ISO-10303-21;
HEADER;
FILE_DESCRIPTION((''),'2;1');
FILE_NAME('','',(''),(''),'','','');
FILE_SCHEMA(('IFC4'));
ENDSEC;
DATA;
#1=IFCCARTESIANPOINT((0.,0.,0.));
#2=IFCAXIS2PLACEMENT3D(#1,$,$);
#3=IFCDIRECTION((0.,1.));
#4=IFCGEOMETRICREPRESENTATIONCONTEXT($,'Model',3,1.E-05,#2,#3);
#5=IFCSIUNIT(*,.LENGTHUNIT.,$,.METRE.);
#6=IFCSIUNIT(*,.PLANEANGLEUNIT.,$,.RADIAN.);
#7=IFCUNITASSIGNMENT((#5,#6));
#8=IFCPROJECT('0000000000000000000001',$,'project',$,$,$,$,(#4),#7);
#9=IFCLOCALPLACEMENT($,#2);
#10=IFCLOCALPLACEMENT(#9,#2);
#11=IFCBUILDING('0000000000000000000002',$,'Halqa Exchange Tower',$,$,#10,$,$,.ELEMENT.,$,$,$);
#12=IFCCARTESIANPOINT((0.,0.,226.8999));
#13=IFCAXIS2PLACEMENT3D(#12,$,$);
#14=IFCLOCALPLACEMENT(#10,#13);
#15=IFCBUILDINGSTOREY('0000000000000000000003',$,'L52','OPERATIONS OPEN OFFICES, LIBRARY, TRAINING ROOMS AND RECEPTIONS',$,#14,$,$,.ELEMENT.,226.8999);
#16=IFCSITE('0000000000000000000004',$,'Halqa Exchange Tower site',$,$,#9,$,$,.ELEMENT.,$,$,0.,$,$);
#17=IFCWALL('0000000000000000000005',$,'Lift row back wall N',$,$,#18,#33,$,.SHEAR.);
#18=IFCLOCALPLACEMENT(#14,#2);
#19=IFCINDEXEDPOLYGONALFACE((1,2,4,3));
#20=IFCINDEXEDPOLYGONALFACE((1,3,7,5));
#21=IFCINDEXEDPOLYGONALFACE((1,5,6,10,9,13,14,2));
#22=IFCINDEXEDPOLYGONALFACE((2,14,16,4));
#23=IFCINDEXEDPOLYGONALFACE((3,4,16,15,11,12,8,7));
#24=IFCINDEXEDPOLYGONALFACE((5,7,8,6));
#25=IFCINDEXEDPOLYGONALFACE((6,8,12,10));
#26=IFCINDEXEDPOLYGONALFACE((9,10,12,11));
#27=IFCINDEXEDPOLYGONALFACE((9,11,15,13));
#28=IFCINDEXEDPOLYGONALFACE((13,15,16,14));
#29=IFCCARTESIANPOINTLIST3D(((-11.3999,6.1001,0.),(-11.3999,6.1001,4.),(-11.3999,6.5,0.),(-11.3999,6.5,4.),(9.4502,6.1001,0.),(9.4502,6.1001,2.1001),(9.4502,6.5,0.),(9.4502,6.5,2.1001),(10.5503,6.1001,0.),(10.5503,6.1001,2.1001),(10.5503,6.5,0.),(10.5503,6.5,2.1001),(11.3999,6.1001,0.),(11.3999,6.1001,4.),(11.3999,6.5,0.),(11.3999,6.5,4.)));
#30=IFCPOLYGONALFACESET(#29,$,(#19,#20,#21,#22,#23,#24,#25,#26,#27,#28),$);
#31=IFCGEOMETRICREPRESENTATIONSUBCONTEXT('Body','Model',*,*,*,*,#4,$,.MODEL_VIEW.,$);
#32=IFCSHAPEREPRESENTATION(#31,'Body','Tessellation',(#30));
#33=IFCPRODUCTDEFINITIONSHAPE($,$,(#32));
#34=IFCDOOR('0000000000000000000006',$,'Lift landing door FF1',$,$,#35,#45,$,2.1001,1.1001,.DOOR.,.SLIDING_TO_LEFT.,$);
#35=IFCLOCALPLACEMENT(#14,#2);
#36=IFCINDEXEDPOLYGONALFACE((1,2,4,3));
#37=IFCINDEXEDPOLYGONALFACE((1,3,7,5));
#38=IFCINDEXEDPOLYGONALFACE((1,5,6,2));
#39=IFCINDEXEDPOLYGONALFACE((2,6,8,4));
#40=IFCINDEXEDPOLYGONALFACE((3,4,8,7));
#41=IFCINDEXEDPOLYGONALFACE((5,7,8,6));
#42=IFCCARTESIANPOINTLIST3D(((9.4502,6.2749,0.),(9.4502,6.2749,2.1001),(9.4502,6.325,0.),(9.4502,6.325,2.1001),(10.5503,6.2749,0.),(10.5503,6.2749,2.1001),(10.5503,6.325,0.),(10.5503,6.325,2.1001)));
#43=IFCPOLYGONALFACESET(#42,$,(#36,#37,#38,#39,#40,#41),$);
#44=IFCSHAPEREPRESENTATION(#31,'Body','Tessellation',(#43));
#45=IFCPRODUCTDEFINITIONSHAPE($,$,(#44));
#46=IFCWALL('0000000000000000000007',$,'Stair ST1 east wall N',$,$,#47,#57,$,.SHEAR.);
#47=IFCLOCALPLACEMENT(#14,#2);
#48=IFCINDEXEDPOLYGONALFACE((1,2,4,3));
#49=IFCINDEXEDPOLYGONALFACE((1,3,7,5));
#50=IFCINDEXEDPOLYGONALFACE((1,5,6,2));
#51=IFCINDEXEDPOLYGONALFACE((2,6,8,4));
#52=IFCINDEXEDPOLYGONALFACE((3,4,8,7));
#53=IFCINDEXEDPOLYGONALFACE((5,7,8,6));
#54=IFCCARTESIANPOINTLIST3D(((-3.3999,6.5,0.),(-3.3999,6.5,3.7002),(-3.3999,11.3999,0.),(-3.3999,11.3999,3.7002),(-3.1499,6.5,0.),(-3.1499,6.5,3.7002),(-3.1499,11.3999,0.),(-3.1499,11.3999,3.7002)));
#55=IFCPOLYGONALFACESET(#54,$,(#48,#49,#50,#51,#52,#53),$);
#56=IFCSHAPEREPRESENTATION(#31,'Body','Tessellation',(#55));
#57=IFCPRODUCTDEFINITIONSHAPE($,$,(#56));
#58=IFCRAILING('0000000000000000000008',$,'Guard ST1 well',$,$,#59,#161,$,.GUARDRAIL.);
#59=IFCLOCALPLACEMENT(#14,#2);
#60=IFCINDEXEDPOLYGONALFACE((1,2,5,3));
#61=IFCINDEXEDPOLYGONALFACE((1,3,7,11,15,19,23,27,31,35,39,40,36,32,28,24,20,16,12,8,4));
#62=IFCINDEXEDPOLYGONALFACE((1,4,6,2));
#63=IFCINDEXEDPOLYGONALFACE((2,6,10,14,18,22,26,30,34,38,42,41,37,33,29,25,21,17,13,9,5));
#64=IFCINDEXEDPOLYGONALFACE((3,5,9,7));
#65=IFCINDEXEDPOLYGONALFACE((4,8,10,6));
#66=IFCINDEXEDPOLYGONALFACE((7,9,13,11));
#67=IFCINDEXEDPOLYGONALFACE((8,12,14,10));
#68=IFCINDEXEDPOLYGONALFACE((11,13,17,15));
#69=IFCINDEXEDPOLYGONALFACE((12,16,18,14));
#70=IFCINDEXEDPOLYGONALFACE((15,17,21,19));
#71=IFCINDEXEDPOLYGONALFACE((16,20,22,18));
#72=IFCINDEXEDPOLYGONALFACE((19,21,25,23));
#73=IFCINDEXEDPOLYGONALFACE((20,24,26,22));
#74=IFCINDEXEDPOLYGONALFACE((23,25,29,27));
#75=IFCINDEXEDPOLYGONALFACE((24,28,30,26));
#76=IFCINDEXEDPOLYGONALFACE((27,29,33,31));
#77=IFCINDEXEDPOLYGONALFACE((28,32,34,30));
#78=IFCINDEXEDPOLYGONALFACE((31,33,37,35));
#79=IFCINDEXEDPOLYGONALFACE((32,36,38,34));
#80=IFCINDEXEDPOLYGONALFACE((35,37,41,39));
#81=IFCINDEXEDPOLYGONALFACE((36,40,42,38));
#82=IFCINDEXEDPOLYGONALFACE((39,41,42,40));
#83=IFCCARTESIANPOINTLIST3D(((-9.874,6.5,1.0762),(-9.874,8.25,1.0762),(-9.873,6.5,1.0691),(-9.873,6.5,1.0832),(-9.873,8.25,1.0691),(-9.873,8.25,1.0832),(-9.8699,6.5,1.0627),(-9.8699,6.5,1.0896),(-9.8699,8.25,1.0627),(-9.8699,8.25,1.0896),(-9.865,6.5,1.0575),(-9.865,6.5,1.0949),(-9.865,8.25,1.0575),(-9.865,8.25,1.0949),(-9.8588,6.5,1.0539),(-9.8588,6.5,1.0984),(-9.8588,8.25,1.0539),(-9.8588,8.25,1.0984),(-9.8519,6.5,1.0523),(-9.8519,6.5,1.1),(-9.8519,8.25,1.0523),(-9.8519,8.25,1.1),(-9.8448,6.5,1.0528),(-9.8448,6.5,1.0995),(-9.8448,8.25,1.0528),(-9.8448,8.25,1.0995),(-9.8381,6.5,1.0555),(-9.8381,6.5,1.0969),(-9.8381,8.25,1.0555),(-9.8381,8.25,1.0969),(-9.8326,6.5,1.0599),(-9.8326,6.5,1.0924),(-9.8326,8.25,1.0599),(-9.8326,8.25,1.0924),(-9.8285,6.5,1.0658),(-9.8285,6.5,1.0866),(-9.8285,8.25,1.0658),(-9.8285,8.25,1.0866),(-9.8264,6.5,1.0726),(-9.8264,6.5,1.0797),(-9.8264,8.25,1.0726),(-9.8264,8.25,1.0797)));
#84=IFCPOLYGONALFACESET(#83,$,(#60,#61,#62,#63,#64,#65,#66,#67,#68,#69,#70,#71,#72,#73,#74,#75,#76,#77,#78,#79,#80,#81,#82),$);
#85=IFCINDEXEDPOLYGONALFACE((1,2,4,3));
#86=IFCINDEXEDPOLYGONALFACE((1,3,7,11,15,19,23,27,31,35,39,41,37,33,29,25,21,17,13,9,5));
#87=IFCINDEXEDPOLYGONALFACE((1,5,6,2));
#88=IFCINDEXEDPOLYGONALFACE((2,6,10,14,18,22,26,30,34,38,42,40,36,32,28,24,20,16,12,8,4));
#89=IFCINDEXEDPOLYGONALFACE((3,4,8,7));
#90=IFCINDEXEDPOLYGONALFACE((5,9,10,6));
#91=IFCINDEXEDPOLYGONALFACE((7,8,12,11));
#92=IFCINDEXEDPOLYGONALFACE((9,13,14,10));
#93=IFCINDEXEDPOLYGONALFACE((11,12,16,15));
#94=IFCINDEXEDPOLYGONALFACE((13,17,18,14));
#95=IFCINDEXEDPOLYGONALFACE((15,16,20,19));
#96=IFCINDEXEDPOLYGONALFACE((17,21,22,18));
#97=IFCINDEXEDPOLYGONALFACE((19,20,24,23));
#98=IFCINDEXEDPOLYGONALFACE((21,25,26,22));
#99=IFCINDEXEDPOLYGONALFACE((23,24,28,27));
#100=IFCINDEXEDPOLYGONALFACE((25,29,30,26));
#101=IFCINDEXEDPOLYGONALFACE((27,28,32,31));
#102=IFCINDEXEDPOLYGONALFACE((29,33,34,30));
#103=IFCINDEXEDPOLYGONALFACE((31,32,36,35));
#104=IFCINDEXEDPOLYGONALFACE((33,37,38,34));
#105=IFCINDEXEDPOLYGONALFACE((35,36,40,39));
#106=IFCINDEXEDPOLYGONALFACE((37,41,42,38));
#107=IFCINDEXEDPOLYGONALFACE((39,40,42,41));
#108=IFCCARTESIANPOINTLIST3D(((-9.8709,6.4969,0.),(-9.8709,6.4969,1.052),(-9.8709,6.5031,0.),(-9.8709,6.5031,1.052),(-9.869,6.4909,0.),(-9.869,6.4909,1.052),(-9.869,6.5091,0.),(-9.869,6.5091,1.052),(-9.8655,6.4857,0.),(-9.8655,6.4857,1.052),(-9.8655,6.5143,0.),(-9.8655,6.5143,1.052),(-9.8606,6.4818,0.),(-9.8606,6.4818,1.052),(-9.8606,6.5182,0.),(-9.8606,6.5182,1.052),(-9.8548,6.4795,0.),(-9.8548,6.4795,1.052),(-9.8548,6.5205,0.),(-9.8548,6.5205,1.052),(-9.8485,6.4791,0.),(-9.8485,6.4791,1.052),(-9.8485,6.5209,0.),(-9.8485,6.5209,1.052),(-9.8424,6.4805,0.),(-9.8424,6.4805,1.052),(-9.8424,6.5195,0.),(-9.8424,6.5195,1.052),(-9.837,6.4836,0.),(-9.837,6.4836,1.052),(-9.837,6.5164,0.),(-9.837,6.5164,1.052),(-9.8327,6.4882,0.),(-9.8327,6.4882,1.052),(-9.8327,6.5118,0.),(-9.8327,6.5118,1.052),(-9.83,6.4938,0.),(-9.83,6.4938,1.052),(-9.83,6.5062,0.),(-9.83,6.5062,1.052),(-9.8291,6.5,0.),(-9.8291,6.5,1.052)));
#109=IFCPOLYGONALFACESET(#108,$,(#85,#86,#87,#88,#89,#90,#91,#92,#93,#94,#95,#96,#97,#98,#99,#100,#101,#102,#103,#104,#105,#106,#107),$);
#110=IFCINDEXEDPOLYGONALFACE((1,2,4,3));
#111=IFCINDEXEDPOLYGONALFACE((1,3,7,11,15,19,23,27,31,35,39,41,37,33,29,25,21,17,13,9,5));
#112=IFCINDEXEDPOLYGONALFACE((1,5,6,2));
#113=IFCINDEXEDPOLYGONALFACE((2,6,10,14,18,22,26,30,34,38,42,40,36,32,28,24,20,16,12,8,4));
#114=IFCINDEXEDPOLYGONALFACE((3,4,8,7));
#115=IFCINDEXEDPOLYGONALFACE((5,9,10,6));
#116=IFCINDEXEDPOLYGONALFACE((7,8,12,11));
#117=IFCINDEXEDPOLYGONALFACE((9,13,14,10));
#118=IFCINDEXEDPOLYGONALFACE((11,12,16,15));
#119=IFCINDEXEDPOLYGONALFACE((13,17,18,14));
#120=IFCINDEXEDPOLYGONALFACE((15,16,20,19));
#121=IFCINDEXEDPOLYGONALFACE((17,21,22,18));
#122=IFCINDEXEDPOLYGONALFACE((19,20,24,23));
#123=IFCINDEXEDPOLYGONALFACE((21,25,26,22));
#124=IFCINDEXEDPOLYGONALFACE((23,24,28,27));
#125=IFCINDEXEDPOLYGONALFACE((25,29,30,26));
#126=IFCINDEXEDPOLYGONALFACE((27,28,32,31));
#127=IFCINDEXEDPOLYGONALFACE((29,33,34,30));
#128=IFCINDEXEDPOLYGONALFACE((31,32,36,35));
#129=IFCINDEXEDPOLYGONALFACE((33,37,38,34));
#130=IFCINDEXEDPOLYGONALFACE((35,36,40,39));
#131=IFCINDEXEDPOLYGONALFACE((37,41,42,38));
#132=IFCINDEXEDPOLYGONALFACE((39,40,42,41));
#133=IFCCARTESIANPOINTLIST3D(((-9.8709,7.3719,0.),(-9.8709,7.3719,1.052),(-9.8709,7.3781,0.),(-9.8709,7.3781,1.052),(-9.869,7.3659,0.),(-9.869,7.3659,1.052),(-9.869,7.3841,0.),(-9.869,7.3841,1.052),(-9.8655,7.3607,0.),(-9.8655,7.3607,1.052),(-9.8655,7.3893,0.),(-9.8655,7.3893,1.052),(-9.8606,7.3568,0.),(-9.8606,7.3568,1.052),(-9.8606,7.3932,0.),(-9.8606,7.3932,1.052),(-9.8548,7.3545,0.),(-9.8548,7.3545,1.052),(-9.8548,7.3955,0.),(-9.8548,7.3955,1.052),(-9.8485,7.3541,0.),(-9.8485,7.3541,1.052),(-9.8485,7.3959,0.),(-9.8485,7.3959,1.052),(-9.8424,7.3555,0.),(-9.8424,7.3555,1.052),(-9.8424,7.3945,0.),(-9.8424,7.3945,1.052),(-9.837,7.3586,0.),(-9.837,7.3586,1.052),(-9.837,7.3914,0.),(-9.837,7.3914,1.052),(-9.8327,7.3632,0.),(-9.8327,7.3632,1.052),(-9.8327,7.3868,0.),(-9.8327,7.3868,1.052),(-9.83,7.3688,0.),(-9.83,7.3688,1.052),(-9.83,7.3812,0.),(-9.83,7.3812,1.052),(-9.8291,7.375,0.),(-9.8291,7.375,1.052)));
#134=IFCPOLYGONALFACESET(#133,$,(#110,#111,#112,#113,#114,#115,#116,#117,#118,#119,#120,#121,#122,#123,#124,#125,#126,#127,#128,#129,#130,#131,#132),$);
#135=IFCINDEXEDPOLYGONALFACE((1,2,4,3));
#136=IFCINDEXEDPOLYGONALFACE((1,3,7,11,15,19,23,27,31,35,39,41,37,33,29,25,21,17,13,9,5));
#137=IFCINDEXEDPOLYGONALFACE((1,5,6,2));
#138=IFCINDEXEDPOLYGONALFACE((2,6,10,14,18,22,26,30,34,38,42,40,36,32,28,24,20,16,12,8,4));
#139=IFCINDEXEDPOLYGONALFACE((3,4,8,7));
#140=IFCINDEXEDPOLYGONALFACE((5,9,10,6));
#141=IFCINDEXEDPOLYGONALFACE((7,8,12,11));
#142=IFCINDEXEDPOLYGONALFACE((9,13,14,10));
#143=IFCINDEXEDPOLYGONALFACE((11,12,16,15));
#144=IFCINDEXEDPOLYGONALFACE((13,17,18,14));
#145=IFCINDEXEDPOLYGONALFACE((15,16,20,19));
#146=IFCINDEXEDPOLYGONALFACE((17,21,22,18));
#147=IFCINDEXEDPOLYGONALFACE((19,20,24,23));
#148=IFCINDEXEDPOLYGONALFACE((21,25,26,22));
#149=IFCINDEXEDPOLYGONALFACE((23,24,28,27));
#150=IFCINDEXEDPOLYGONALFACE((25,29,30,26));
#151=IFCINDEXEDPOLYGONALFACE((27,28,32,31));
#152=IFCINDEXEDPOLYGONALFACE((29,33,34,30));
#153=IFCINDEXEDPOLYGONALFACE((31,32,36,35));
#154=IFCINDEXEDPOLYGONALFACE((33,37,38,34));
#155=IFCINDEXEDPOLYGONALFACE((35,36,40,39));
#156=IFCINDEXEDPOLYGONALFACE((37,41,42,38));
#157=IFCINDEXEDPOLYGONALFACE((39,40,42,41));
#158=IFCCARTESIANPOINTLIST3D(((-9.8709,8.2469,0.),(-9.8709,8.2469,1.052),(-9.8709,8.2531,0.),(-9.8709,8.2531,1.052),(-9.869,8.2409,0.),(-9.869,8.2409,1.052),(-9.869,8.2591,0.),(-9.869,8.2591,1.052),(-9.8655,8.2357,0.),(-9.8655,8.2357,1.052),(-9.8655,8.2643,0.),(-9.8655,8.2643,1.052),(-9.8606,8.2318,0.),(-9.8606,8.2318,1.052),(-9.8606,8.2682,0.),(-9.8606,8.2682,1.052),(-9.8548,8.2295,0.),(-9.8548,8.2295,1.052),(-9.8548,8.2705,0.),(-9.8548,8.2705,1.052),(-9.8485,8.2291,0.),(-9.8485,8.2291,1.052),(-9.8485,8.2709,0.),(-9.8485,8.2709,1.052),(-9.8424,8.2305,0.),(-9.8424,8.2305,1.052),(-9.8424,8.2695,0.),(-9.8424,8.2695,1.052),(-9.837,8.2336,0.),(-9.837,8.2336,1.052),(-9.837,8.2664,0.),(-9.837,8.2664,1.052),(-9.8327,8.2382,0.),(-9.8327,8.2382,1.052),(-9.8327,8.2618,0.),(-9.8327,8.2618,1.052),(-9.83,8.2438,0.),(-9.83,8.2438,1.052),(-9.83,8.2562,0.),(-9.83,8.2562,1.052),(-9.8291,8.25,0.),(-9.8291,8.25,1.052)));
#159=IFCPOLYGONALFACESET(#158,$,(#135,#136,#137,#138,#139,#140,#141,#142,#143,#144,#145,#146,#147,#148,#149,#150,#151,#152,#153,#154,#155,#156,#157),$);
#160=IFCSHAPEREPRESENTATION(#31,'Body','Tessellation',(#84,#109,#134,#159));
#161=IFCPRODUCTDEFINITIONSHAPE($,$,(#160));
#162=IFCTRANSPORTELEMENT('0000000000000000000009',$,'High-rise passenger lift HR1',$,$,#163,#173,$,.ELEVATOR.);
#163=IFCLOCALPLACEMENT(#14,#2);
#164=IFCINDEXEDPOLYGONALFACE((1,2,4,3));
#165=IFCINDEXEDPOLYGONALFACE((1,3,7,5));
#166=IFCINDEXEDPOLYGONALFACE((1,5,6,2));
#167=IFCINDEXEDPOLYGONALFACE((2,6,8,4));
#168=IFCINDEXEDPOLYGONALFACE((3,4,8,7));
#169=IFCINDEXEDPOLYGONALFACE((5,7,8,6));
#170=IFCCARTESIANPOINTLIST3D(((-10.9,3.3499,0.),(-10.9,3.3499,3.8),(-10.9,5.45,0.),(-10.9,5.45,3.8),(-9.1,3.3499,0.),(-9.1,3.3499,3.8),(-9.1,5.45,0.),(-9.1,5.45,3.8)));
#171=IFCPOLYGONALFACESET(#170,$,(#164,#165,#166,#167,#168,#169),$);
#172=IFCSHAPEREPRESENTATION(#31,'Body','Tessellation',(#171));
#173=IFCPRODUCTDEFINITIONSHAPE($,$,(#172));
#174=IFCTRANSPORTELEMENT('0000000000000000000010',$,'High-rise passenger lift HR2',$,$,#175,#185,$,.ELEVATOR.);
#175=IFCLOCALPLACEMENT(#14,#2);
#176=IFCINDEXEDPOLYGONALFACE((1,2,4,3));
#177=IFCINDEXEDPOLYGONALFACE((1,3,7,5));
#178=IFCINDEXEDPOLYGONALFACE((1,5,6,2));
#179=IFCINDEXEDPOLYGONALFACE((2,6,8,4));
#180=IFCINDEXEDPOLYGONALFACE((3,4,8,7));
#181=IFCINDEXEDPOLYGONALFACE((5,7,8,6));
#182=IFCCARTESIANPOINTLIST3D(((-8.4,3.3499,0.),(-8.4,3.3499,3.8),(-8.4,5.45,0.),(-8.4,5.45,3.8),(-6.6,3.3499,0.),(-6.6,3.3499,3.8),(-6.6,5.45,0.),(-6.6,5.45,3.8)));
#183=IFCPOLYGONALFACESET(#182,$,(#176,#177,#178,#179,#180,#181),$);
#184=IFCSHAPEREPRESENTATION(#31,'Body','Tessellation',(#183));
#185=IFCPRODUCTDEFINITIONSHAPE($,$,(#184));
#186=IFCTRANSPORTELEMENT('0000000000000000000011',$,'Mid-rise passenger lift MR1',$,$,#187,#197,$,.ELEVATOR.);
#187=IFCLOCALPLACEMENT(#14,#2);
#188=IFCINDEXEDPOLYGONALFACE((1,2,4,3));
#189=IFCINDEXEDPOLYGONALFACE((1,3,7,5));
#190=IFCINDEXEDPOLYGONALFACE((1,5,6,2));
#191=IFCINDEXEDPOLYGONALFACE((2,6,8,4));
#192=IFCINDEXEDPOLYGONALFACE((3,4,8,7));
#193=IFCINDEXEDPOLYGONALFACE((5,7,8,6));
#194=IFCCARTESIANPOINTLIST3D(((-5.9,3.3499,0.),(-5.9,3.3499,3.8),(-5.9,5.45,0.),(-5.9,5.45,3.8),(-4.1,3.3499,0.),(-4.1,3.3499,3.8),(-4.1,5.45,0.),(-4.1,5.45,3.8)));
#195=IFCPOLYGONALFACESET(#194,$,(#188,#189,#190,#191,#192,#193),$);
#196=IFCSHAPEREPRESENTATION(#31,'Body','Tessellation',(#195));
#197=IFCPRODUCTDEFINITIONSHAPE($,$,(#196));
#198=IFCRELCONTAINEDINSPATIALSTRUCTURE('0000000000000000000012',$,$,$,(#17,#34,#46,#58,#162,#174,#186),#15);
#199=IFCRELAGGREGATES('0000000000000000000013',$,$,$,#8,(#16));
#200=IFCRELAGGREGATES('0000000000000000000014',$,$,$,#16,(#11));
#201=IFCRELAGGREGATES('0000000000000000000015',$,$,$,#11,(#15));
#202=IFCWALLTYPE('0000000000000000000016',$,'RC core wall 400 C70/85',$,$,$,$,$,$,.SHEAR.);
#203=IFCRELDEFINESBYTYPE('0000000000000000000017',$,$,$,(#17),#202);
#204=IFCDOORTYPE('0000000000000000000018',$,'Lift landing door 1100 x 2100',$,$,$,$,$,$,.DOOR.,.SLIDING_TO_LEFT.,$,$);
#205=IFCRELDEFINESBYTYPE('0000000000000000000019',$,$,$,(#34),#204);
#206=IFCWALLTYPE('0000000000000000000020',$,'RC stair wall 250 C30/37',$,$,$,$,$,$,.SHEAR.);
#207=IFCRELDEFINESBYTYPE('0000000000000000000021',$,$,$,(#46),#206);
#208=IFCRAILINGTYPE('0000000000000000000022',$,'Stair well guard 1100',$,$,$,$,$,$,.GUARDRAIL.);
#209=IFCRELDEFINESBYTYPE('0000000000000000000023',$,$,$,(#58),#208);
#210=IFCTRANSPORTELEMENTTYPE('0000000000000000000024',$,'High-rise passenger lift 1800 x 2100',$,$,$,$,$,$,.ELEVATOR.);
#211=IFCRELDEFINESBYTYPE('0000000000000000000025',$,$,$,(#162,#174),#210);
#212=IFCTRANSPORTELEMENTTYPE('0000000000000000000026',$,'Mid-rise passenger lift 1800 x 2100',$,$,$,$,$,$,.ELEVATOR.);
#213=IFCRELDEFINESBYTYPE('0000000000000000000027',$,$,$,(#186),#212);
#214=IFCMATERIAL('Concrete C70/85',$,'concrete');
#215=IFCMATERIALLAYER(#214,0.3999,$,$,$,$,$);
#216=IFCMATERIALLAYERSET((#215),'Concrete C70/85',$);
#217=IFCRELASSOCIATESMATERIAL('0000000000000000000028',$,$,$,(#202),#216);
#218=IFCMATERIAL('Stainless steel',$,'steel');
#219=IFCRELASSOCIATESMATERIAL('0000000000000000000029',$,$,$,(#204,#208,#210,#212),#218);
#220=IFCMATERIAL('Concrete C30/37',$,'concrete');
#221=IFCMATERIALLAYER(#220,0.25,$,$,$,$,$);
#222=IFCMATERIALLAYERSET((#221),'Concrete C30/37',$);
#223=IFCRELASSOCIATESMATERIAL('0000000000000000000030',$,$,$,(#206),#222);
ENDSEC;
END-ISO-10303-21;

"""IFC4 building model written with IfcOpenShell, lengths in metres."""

from ifc_helpers import new_model, si_unit, direction, frame, frame_2d, origin, origin_2d, place, context, subcontext, project, spatial, rectangle, circle, extrude, material, layer, layer_set, type_object, element, fill, save


model = new_model("IFC4")

# Units and contexts
model_context = context("Model", 3, precision=1e-05, world=origin(), true_north=direction((0.0, 1.0)))
body_context = subcontext(model_context, "Body", "Model", "MODEL_VIEW")
ifc_project = project(units=[si_unit("LENGTHUNIT", "METRE"), si_unit("PLANEANGLEUNIT", "RADIAN")], contexts=[model_context])

# Site, building, storey
site_placement = place(None, origin())
site = spatial("IfcSite", under=ifc_project, at=site_placement, Name="Halqa Exchange Tower site", CompositionType="ELEMENT", RefElevation=0.0)
building_placement = place(site_placement, origin())
building = spatial("IfcBuilding", under=site, at=building_placement, Name="Halqa Exchange Tower", CompositionType="ELEMENT")
storey_placement = place(building_placement, frame((0.0, 0.0, 226.8999)))
storey = spatial("IfcBuildingStorey", under=building, at=storey_placement, Name="L52", Description="OPERATIONS OPEN OFFICES, LIBRARY, TRAINING ROOMS AND RECEPTIONS", CompositionType="ELEMENT", Elevation=226.8999)

# Shared definitions
ifc_material_1 = material(Name="Concrete C70/85", Category="concrete")
ifc_layer_1 = layer(ifc_material_1, 0.3999)
ifc_layer_set_1 = layer_set([ifc_layer_1], Name="Concrete C70/85")
wall_type_1 = type_object("IfcWallType", Name="RC core wall 400 C70/85", PredefinedType="SHEAR", material=ifc_layer_set_1)
ifc_material_2 = material(Name="Stainless steel", Category="steel")
door_type_1 = type_object("IfcDoorType", Name="Lift landing door 1100 x 2100", OperationType="SLIDING_TO_LEFT", PredefinedType="DOOR", material=ifc_material_2)

# Wall, opening, door
wall_1_placement = place(storey_placement, frame((-11.3999, 6.3, 0.0), z_axis=(0.0, 0.0, 1.0), x_axis=(1.0, 0.0, 0.0)))
wall_1 = element("IfcWall", 1, at=wall_1_placement, inside=storey, type_object=wall_type_1, Name="Lift row back wall N", PredefinedType="SHEAR", context=body_context, shape_type="SweptSolid", body=[
    extrude(rectangle(XDim=22.7998, YDim=0.3999, at=frame_2d((11.3999, 0.0))), origin(), (0.0, 0.0, 1.0), 4.0),
])
opening_1_placement = place(wall_1_placement, frame((20.8501, 0.0, 0.0)))
opening_1 = element("IfcOpeningElement", 2, at=opening_1_placement, cuts=wall_1, PredefinedType="OPENING", context=body_context, shape_type="SweptSolid", body=[
    extrude(rectangle(XDim=1.1001, YDim=2.1001, at=frame_2d((0.55, 1.05))), frame((0.0, 0.2119, 0.0), z_axis=(0.0, -1.0, 0.0), x_axis=(1.0, 0.0, 0.0)), (0.0, 0.0, 1.0), 0.4238),
])
door_1_placement = place(opening_1_placement, origin())
door_1 = element("IfcDoor", 3, at=door_1_placement, inside=storey, type_object=door_type_1, Name="Lift landing door FF1", OperationType="SLIDING_TO_LEFT", OverallHeight=2.1001, OverallWidth=1.1001, PredefinedType="DOOR", context=body_context, shape_type="SweptSolid", body=[
    extrude(rectangle(XDim=1.1001, YDim=2.1001, at=frame_2d((0.55, 1.05))), frame((0.0, 0.0249, 0.0), z_axis=(0.0, -1.0, 0.0), x_axis=(1.0, 0.0, 0.0)), (0.0, 0.0, 1.0), 0.05),
])
fill(opening_1, door_1)

# Wall
ifc_material_3 = material(Name="Concrete C30/37", Category="concrete")
ifc_layer_2 = layer(ifc_material_3, 0.25)
ifc_layer_set_2 = layer_set([ifc_layer_2], Name="Concrete C30/37")
wall_type_2 = type_object("IfcWallType", Name="RC stair wall 250 C30/37", PredefinedType="SHEAR", material=ifc_layer_set_2)
wall_2_placement = place(storey_placement, frame((-3.2749, 6.5, 0.0), z_axis=(0.0, 0.0, 1.0), x_axis=(0.0, 1.0, 0.0)))
element("IfcWall", 4, at=wall_2_placement, inside=storey, type_object=wall_type_2, Name="Stair ST1 east wall N", PredefinedType="SHEAR", context=body_context, shape_type="SweptSolid", body=[
    extrude(rectangle(XDim=4.8999, YDim=0.25, at=frame_2d((2.45, 0.0))), origin(), (0.0, 0.0, 1.0), 3.7002),
])

# Railing
railing_type = type_object("IfcRailingType", Name="Stair well guard 1100", PredefinedType="GUARDRAIL", material=ifc_material_2)
railing_placement = place(storey_placement, frame((-9.8501, 6.5, 0.0)))
element("IfcRailing", 5, at=railing_placement, inside=storey, type_object=railing_type, Name="Guard ST1 well", PredefinedType="GUARDRAIL", context=body_context, shape_type="SweptSolid", body=[
    extrude(circle(Radius=0.0239, at=origin_2d()), frame((0.0, 0.0, 1.0762), z_axis=(0.0, 1.0, 0.0), x_axis=(-1.0, 0.0, 0.0)), (0.0, 0.0, 1.0), 1.75),
    extrude(circle(Radius=0.021, at=origin_2d()), origin(), (0.0, 0.0, 1.0), 1.052),
    extrude(circle(Radius=0.021, at=origin_2d()), frame((0.0, 0.875, 0.0)), (0.0, 0.0, 1.0), 1.052),
    extrude(circle(Radius=0.021, at=origin_2d()), frame((0.0, 1.75, 0.0)), (0.0, 0.0, 1.0), 1.052),
])

# Transport elements
transport_element_type_1 = type_object("IfcTransportElementType", Name="High-rise passenger lift 1800 x 2100", PredefinedType="ELEVATOR", material=ifc_material_2)
for number, where, z_axis, x_axis, name in (
    (6, (-10.0, 4.3999, 0.0), (0.0, 0.0, 1.0), (1.0, 0.0, 0.0), "High-rise passenger lift HR1"),
    (7, (-7.5, 4.3999, 0.0), (0.0, 0.0, 1.0), (1.0, 0.0, 0.0), "High-rise passenger lift HR2"),
):
    element("IfcTransportElement", number, at=place(storey_placement, frame(where, z_axis=z_axis, x_axis=x_axis)), inside=storey, type_object=transport_element_type_1, Name=name, PredefinedType="ELEVATOR", context=body_context, shape_type="SweptSolid", body=[
        extrude(rectangle(XDim=1.8, YDim=2.1001, at=origin_2d()), origin(), (0.0, 0.0, 1.0), 3.8),
    ])
transport_element_type_2 = type_object("IfcTransportElementType", Name="Mid-rise passenger lift 1800 x 2100", PredefinedType="ELEVATOR", material=ifc_material_2)
for number, where, z_axis, x_axis, name in (
    (8, (-5.0, 4.3999, 0.0), (0.0, 0.0, 1.0), (1.0, 0.0, 0.0), "Mid-rise passenger lift MR1"),
):
    element("IfcTransportElement", number, at=place(storey_placement, frame(where, z_axis=z_axis, x_axis=x_axis)), inside=storey, type_object=transport_element_type_2, Name=name, PredefinedType="ELEVATOR", context=body_context, shape_type="SweptSolid", body=[
        extrude(rectangle(XDim=1.8, YDim=2.1001, at=origin_2d()), origin(), (0.0, 0.0, 1.0), 3.8),
    ])

save(model, "model.ifc")
